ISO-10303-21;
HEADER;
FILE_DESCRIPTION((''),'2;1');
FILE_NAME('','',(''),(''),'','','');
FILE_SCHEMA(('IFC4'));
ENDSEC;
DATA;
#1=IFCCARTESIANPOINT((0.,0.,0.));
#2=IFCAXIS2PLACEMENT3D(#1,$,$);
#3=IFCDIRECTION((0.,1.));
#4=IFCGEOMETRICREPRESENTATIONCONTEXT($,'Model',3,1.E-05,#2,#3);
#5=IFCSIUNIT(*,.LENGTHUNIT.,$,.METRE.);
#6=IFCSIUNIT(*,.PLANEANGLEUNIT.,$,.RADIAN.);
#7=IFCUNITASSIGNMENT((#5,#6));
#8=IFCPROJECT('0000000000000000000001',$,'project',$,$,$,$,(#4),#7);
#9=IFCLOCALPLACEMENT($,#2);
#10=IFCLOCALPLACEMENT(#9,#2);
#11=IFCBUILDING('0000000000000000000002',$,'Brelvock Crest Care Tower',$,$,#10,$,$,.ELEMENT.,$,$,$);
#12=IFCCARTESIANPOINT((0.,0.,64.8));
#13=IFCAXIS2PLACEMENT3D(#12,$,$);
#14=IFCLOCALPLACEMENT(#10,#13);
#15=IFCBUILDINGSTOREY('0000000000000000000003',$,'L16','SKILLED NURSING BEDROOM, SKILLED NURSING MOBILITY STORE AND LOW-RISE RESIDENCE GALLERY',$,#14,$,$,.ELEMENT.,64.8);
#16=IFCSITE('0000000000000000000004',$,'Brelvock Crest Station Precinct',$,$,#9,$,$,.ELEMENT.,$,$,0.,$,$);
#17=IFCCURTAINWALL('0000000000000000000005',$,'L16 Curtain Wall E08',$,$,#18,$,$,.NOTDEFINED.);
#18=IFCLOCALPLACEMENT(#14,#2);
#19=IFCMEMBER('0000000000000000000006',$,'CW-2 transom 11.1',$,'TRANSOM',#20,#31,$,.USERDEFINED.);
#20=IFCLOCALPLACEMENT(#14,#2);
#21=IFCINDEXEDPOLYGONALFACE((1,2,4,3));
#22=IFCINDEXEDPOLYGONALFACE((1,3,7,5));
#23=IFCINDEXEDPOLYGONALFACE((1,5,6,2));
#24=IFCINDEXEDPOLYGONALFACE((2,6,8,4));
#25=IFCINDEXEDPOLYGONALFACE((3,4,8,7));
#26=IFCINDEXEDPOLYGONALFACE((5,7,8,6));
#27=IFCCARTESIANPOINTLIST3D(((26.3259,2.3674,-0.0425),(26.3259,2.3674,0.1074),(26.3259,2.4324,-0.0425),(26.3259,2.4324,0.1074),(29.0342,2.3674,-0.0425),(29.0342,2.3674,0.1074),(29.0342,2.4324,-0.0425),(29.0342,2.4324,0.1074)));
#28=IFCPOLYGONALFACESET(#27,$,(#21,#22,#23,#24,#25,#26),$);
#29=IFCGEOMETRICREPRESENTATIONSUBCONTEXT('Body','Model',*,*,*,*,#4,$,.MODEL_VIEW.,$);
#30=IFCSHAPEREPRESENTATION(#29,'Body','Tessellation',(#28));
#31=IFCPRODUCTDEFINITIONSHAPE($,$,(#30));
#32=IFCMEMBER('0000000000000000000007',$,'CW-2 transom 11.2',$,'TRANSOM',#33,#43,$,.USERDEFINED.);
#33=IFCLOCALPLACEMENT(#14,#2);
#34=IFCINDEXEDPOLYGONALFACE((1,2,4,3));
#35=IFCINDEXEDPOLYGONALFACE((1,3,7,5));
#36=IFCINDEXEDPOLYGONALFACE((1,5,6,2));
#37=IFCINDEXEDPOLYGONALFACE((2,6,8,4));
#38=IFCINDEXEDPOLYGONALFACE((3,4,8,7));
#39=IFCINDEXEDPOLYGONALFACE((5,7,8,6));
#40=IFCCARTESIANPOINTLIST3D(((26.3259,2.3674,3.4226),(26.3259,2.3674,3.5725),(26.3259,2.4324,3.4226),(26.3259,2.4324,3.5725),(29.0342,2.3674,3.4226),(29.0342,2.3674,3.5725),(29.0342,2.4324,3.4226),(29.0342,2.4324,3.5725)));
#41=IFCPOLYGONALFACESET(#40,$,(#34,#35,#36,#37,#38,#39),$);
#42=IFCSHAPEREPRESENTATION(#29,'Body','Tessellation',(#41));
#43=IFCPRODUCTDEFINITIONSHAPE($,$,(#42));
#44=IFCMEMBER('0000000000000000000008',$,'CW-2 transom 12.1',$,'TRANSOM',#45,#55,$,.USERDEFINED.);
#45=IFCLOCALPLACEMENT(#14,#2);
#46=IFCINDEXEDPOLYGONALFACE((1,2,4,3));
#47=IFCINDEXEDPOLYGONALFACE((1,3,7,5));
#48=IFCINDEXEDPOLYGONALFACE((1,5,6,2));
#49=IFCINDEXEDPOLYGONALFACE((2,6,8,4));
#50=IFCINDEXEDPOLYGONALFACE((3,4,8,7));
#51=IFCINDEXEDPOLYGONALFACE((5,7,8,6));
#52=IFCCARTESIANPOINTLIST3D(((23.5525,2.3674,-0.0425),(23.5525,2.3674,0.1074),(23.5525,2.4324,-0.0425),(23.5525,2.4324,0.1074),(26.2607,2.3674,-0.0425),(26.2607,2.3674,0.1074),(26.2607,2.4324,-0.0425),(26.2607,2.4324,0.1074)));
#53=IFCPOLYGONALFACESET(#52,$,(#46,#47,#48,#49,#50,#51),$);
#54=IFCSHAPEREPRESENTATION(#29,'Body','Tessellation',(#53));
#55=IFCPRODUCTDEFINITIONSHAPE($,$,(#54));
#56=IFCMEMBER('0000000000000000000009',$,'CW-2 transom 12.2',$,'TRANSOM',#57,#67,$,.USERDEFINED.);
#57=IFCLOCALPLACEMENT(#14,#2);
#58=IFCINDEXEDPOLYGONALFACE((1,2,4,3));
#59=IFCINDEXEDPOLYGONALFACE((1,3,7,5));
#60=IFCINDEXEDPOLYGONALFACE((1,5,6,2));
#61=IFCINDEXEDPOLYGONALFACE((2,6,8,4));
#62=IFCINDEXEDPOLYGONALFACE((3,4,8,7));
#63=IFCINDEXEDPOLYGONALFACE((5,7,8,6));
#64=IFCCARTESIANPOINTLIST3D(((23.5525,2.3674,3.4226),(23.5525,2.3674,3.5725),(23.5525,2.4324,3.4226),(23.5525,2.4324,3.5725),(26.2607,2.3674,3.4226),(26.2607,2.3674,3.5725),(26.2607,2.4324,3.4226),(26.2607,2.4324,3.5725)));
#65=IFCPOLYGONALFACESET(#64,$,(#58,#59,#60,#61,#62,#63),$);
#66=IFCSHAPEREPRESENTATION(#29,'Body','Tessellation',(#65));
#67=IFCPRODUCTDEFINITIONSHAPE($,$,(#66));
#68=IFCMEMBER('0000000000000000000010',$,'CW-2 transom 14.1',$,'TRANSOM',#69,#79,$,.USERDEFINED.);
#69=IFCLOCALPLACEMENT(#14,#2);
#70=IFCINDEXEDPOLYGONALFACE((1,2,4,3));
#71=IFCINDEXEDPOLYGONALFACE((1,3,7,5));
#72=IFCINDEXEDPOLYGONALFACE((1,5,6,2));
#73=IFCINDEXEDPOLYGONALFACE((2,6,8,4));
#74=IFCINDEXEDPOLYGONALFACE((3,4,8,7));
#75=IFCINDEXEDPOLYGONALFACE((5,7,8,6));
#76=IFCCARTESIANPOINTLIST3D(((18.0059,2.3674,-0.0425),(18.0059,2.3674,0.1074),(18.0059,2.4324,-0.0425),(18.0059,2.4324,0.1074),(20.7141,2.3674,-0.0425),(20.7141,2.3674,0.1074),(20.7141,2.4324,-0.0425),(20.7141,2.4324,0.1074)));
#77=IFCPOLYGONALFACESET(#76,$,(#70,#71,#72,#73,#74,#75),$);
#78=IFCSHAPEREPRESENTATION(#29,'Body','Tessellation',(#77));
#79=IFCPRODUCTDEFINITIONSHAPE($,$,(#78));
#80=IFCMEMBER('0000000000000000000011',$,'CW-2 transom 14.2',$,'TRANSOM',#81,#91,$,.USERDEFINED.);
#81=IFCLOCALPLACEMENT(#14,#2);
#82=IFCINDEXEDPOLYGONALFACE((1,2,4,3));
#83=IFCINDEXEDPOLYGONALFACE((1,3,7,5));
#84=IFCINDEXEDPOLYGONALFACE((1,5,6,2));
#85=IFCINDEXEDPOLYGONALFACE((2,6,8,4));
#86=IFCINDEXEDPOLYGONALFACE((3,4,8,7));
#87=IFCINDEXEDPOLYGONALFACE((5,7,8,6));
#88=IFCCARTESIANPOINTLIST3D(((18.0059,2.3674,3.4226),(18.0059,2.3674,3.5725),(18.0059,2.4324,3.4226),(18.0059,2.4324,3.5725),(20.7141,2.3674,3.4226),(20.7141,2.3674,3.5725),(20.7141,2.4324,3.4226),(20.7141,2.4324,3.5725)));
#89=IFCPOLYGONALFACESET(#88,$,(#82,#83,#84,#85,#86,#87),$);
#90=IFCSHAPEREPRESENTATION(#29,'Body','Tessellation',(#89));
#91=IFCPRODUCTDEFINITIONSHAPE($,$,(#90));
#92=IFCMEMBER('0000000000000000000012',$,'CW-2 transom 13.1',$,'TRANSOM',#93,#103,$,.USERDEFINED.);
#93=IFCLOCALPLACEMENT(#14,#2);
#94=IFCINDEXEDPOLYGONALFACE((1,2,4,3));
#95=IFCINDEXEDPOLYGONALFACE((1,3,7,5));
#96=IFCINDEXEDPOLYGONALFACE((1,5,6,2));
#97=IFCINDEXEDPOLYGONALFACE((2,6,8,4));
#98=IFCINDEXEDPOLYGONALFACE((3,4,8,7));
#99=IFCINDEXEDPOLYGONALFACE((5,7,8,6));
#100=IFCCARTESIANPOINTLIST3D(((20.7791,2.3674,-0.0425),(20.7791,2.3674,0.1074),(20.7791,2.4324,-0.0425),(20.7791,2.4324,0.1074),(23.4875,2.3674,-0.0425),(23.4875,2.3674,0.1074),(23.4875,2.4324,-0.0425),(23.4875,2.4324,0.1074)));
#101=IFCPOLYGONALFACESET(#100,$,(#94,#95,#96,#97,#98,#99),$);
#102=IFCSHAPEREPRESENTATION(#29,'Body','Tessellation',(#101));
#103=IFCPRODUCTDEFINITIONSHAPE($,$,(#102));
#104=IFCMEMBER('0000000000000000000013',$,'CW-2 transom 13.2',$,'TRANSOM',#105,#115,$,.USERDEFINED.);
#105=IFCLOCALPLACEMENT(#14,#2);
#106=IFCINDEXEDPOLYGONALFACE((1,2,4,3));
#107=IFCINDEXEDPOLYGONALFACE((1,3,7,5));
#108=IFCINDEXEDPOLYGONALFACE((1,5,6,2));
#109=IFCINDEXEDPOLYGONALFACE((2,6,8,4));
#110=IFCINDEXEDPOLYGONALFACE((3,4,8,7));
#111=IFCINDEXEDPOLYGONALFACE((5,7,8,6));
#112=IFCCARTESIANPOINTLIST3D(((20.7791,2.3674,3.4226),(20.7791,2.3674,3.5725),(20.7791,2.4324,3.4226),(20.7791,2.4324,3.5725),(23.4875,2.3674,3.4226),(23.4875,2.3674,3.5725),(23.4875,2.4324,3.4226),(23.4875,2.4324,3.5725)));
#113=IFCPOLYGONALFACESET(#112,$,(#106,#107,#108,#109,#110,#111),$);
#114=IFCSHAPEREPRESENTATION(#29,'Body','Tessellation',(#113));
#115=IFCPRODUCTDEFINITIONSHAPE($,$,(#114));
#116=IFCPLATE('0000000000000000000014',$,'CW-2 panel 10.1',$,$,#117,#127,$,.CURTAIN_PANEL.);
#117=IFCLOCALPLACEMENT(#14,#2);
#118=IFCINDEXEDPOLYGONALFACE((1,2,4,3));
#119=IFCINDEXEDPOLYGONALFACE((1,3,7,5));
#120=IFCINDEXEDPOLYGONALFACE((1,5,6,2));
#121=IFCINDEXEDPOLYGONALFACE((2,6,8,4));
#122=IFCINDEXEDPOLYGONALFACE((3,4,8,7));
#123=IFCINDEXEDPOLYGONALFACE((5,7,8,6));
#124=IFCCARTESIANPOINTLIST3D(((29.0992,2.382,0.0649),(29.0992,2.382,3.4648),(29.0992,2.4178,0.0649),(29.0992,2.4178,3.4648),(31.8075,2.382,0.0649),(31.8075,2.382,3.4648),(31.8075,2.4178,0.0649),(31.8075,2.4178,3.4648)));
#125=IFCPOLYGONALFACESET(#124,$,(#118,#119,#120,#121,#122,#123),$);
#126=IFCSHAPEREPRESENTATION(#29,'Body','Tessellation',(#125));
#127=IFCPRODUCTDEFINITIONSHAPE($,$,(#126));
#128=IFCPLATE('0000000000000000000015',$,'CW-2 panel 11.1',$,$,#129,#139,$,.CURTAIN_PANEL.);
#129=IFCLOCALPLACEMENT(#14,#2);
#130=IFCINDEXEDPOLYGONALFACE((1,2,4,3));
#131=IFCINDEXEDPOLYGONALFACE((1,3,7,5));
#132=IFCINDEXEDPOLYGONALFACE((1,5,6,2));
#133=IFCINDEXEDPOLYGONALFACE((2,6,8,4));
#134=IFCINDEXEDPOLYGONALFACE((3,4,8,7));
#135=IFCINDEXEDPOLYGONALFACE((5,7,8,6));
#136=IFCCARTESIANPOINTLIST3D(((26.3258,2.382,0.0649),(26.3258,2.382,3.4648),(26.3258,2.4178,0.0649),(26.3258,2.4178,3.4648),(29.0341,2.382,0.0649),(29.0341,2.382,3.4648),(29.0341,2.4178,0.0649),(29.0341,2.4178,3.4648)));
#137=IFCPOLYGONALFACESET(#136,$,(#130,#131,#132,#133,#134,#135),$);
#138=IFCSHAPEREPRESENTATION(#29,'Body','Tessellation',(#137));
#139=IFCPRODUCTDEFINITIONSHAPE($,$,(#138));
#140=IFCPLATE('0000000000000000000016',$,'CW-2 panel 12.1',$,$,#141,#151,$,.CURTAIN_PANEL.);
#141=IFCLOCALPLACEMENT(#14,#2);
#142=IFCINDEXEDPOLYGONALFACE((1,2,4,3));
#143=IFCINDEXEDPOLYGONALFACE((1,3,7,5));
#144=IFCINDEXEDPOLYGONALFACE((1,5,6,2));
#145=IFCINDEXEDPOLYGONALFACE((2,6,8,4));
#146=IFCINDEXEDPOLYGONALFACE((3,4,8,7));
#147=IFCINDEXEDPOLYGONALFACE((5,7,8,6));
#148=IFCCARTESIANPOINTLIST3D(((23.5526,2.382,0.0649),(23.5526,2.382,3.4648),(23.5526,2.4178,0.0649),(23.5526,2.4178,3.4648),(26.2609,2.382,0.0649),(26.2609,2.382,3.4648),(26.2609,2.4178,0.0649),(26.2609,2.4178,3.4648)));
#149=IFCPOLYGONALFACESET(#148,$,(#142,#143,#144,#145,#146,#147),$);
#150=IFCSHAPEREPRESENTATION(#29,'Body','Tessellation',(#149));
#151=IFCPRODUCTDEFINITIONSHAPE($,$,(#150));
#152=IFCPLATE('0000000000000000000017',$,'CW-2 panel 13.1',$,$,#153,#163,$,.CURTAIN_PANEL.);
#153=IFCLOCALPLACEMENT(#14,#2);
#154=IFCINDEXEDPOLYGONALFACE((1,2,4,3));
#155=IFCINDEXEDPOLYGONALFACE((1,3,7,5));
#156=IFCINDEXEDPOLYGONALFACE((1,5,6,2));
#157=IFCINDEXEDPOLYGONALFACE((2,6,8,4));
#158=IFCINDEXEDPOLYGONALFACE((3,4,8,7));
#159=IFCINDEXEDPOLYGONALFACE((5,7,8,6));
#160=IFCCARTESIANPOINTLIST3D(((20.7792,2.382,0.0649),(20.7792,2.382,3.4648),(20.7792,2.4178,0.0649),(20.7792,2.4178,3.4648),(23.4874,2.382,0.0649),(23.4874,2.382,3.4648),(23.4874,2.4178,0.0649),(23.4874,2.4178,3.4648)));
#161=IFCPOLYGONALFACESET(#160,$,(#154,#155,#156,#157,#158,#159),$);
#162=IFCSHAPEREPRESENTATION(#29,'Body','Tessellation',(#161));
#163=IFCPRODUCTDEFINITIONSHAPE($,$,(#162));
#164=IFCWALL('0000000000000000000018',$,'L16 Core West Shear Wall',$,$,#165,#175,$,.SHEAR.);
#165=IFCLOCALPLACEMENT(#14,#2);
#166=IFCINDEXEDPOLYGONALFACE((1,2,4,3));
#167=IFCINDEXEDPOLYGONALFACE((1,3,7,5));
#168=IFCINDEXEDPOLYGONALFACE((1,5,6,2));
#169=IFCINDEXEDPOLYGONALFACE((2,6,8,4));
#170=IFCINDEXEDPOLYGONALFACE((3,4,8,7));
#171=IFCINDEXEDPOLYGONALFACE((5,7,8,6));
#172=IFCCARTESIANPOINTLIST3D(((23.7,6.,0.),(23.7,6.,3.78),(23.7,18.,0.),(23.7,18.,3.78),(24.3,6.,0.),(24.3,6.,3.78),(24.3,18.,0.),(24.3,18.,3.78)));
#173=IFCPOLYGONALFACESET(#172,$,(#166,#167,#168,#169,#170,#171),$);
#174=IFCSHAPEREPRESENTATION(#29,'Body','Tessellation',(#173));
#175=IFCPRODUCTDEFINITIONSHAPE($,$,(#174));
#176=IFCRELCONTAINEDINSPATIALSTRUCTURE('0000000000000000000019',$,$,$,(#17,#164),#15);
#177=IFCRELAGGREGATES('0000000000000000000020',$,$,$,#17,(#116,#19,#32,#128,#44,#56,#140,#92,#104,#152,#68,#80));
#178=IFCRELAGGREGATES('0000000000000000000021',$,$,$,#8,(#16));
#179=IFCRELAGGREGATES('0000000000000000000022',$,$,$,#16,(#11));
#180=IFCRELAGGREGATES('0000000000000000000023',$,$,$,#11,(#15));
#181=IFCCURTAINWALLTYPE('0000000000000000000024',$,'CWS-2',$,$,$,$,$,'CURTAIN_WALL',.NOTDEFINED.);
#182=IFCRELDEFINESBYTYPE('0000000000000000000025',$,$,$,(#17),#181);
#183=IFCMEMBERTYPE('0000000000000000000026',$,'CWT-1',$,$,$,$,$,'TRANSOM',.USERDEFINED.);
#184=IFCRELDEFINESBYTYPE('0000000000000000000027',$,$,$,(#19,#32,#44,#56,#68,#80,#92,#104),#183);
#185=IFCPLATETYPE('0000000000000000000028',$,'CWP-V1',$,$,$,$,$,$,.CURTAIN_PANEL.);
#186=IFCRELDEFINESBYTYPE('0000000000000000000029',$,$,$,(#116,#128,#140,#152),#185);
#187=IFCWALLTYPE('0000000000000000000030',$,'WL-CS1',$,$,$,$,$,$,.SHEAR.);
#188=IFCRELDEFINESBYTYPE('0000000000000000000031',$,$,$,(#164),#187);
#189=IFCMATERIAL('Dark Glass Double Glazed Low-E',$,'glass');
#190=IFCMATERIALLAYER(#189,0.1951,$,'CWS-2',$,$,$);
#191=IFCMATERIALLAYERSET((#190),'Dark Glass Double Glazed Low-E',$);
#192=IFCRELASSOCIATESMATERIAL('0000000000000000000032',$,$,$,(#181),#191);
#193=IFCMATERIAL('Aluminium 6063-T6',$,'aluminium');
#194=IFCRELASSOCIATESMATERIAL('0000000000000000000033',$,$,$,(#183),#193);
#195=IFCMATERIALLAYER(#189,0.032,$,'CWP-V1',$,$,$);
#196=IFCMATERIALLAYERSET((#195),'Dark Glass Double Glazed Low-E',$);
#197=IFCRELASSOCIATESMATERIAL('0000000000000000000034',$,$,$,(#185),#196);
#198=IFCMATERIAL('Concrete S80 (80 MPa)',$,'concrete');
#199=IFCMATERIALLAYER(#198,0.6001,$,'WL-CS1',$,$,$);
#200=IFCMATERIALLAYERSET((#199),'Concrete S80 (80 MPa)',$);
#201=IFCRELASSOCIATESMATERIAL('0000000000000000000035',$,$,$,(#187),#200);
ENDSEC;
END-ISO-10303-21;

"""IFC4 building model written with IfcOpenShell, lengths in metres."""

from ifc_helpers import new_model, si_unit, direction, frame, frame_2d, origin, origin_2d, place, context, subcontext, project, spatial, rectangle, extrude, source, transform, mapped, material, layer, layer_set, material_profile, profile_set, type_object, element, aggregate, save


model = new_model("IFC4")

# Units and contexts
model_context = context("Model", 3, precision=1e-05, world=origin(), true_north=direction((0.0, 1.0)))
body_context = subcontext(model_context, "Body", "Model", "MODEL_VIEW")
ifc_project = project(units=[si_unit("LENGTHUNIT", "METRE"), si_unit("PLANEANGLEUNIT", "RADIAN")], contexts=[model_context])

# Site, building, storey
site_placement = place(None, origin())
site = spatial("IfcSite", under=ifc_project, at=site_placement, Name="Brelvock Crest Station Precinct", CompositionType="ELEMENT", RefElevation=0.0)
building_placement = place(site_placement, origin())
building = spatial("IfcBuilding", under=site, at=building_placement, Name="Brelvock Crest Care Tower", CompositionType="ELEMENT")
storey_placement = place(building_placement, frame((0.0, 0.0, 64.8)))
storey = spatial("IfcBuildingStorey", under=building, at=storey_placement, Name="L16", Description="SKILLED NURSING BEDROOM, SKILLED NURSING MOBILITY STORE AND LOW-RISE RESIDENCE GALLERY", CompositionType="ELEMENT", Elevation=64.8)

# Shared definitions
ifc_material_1 = material(Name="Concrete S80 (80 MPa)", Category="concrete")

# Curtain wall, members, plates
ifc_material_2 = material(Name="Dark Glass Double Glazed Low-E", Category="glass")
ifc_layer_1 = layer(ifc_material_2, 0.1951, Name="CWS-2")
ifc_layer_set_1 = layer_set([ifc_layer_1], Name="Dark Glass Double Glazed Low-E")
curtain_wall_type = type_object("IfcCurtainWallType", Name="CWS-2", ElementType="CURTAIN_WALL", PredefinedType="NOTDEFINED", material=ifc_layer_set_1)
curtain_wall_placement = place(storey_placement, origin())
curtain_wall = element("IfcCurtainWall", 1, at=curtain_wall_placement, inside=storey, type_object=curtain_wall_type, Name="L16 Curtain Wall E08", PredefinedType="NOTDEFINED")
ifc_material_3 = material(Name="Aluminium 6063-T6", Category="aluminium")
ifc_material_profile_1 = material_profile(ifc_material_3, rectangle(XDim=0.0649, YDim=0.1499, at=origin_2d()), Name="ALU65x150")
ifc_profile_set_1 = profile_set([ifc_material_profile_1], Name="Aluminium 6063-T6")
member_type_1 = type_object("IfcMemberType", Name="CWT-1", ElementType="TRANSOM", PredefinedType="USERDEFINED", material=ifc_profile_set_1)
shared_shape_1 = source(origin(), body_context, "Body", "SweptSolid", [
    extrude(rectangle(XDim=0.0649, YDim=0.1499, at=origin_2d()), origin(), (0.0, 0.0, 1.0), 2.7083),
])
member_1_placement = place(storey_placement, frame((29.0342, 2.3999, 0.0325), z_axis=(-1.0, 0.0, 0.0), x_axis=(0.0, -1.0, 0.0)))
member_1 = element("IfcMember", 2, at=member_1_placement, type_object=member_type_1, Name="CW-2 transom 11.1", ObjectType="TRANSOM", PredefinedType="USERDEFINED", context=body_context, shape_type="MappedRepresentation", body=[
    mapped(shared_shape_1, transform((0.0, 0.0, 0.0), x_axis=(1.0, 0.0, 0.0), y_axis=(0.0, 1.0, 0.0), z_axis=(0.0, 0.0, 1.0), scale=1.0)),
])
member_2_placement = place(storey_placement, frame((29.0342, 2.3999, 3.4976), z_axis=(-1.0, 0.0, 0.0), x_axis=(0.0, -1.0, 0.0)))
member_2 = element("IfcMember", 3, at=member_2_placement, type_object=member_type_1, Name="CW-2 transom 11.2", ObjectType="TRANSOM", PredefinedType="USERDEFINED", context=body_context, shape_type="MappedRepresentation", body=[
    mapped(shared_shape_1, transform((0.0, 0.0, 0.0), x_axis=(1.0, 0.0, 0.0), y_axis=(0.0, 1.0, 0.0), z_axis=(0.0, 0.0, 1.0), scale=1.0)),
])
member_3_placement = place(storey_placement, frame((26.2607, 2.3999, 0.0325), z_axis=(-1.0, 0.0, 0.0), x_axis=(0.0, -1.0, 0.0)))
member_3 = element("IfcMember", 4, at=member_3_placement, type_object=member_type_1, Name="CW-2 transom 12.1", ObjectType="TRANSOM", PredefinedType="USERDEFINED", context=body_context, shape_type="MappedRepresentation", body=[
    mapped(shared_shape_1, transform((0.0, 0.0, 0.0), x_axis=(1.0, 0.0, 0.0), y_axis=(0.0, 1.0, 0.0), z_axis=(0.0, 0.0, 1.0), scale=1.0)),
])
member_4_placement = place(storey_placement, frame((26.2607, 2.3999, 3.4976), z_axis=(-1.0, 0.0, 0.0), x_axis=(0.0, -1.0, 0.0)))
member_4 = element("IfcMember", 5, at=member_4_placement, type_object=member_type_1, Name="CW-2 transom 12.2", ObjectType="TRANSOM", PredefinedType="USERDEFINED", context=body_context, shape_type="MappedRepresentation", body=[
    mapped(shared_shape_1, transform((0.0, 0.0, 0.0), x_axis=(1.0, 0.0, 0.0), y_axis=(0.0, 1.0, 0.0), z_axis=(0.0, 0.0, 1.0), scale=1.0)),
])
member_5_placement = place(storey_placement, frame((20.7141, 2.3999, 0.0325), z_axis=(-1.0, 0.0, 0.0), x_axis=(0.0, -1.0, 0.0)))
member_5 = element("IfcMember", 6, at=member_5_placement, type_object=member_type_1, Name="CW-2 transom 14.1", ObjectType="TRANSOM", PredefinedType="USERDEFINED", context=body_context, shape_type="MappedRepresentation", body=[
    mapped(shared_shape_1, transform((0.0, 0.0, 0.0), x_axis=(1.0, 0.0, 0.0), y_axis=(0.0, 1.0, 0.0), z_axis=(0.0, 0.0, 1.0), scale=1.0)),
])
member_6_placement = place(storey_placement, frame((20.7141, 2.3999, 3.4976), z_axis=(-1.0, 0.0, 0.0), x_axis=(0.0, -1.0, 0.0)))
member_6 = element("IfcMember", 7, at=member_6_placement, type_object=member_type_1, Name="CW-2 transom 14.2", ObjectType="TRANSOM", PredefinedType="USERDEFINED", context=body_context, shape_type="MappedRepresentation", body=[
    mapped(shared_shape_1, transform((0.0, 0.0, 0.0), x_axis=(1.0, 0.0, 0.0), y_axis=(0.0, 1.0, 0.0), z_axis=(0.0, 0.0, 1.0), scale=1.0)),
])
shared_shape_2 = source(origin(), body_context, "Body", "SweptSolid", [
    extrude(rectangle(XDim=0.0649, YDim=0.1499, at=origin_2d()), origin(), (0.0, 0.0, 1.0), 2.7085),
])
member_7_placement = place(storey_placement, frame((23.4875, 2.3999, 0.0325), z_axis=(-1.0, 0.0, 0.0), x_axis=(0.0, -1.0, 0.0)))
member_7 = element("IfcMember", 8, at=member_7_placement, type_object=member_type_1, Name="CW-2 transom 13.1", ObjectType="TRANSOM", PredefinedType="USERDEFINED", context=body_context, shape_type="MappedRepresentation", body=[
    mapped(shared_shape_2, transform((0.0, 0.0, 0.0), x_axis=(1.0, 0.0, 0.0), y_axis=(0.0, 1.0, 0.0), z_axis=(0.0, 0.0, 1.0), scale=1.0)),
])
member_8_placement = place(storey_placement, frame((23.4875, 2.3999, 3.4976), z_axis=(-1.0, 0.0, 0.0), x_axis=(0.0, -1.0, 0.0)))
member_8 = element("IfcMember", 9, at=member_8_placement, type_object=member_type_1, Name="CW-2 transom 13.2", ObjectType="TRANSOM", PredefinedType="USERDEFINED", context=body_context, shape_type="MappedRepresentation", body=[
    mapped(shared_shape_2, transform((0.0, 0.0, 0.0), x_axis=(1.0, 0.0, 0.0), y_axis=(0.0, 1.0, 0.0), z_axis=(0.0, 0.0, 1.0), scale=1.0)),
])
ifc_layer_2 = layer(ifc_material_2, 0.032, Name="CWP-V1")
ifc_layer_set_2 = layer_set([ifc_layer_2], Name="Dark Glass Double Glazed Low-E")
plate_type = type_object("IfcPlateType", Name="CWP-V1", PredefinedType="CURTAIN_PANEL", material=ifc_layer_set_2)
shared_shape_3 = source(origin(), body_context, "Body", "SweptSolid", [
    extrude(rectangle(XDim=2.7083, YDim=0.0359, at=origin_2d()), origin(), (0.0, 0.0, 1.0), 3.3999),
])
plate_1_placement = place(storey_placement, frame((30.4534, 2.3999, 0.0649), z_axis=(0.0, 0.0, 1.0), x_axis=(-1.0, 0.0, 0.0)))
plate_1 = element("IfcPlate", 10, at=plate_1_placement, type_object=plate_type, Name="CW-2 panel 10.1", PredefinedType="CURTAIN_PANEL", context=body_context, shape_type="MappedRepresentation", body=[
    mapped(shared_shape_3, transform((0.0, 0.0, 0.0), x_axis=(1.0, 0.0, 0.0), y_axis=(0.0, 1.0, 0.0), z_axis=(0.0, 0.0, 1.0), scale=1.0)),
])
plate_2_placement = place(storey_placement, frame((27.6799, 2.3999, 0.0649), z_axis=(0.0, 0.0, 1.0), x_axis=(-1.0, 0.0, 0.0)))
plate_2 = element("IfcPlate", 11, at=plate_2_placement, type_object=plate_type, Name="CW-2 panel 11.1", PredefinedType="CURTAIN_PANEL", context=body_context, shape_type="MappedRepresentation", body=[
    mapped(shared_shape_3, transform((0.0, 0.0, 0.0), x_axis=(1.0, 0.0, 0.0), y_axis=(0.0, 1.0, 0.0), z_axis=(0.0, 0.0, 1.0), scale=1.0)),
])
plate_3_placement = place(storey_placement, frame((24.9067, 2.3999, 0.0649), z_axis=(0.0, 0.0, 1.0), x_axis=(-1.0, 0.0, 0.0)))
plate_3 = element("IfcPlate", 12, at=plate_3_placement, type_object=plate_type, Name="CW-2 panel 12.1", PredefinedType="CURTAIN_PANEL", context=body_context, shape_type="MappedRepresentation", body=[
    mapped(shared_shape_3, transform((0.0, 0.0, 0.0), x_axis=(1.0, 0.0, 0.0), y_axis=(0.0, 1.0, 0.0), z_axis=(0.0, 0.0, 1.0), scale=1.0)),
])
plate_4_placement = place(storey_placement, frame((22.1333, 2.3999, 0.0649), z_axis=(0.0, 0.0, 1.0), x_axis=(-1.0, 0.0, 0.0)))
plate_4 = element("IfcPlate", 13, at=plate_4_placement, type_object=plate_type, Name="CW-2 panel 13.1", PredefinedType="CURTAIN_PANEL", context=body_context, shape_type="MappedRepresentation", body=[
    mapped(shared_shape_3, transform((0.0, 0.0, 0.0), x_axis=(1.0, 0.0, 0.0), y_axis=(0.0, 1.0, 0.0), z_axis=(0.0, 0.0, 1.0), scale=1.0)),
])
aggregate(curtain_wall, [plate_1, member_1, member_2, plate_2, member_3, member_4, plate_3, member_7, member_8, plate_4, member_5, member_6])

# Wall
ifc_layer_3 = layer(ifc_material_1, 0.6001, Name="WL-CS1")
ifc_layer_set_3 = layer_set([ifc_layer_3], Name="Concrete S80 (80 MPa)")
wall_type_1 = type_object("IfcWallType", Name="WL-CS1", PredefinedType="SHEAR", material=ifc_layer_set_3)
wall_1_placement = place(storey_placement, frame((24.0, 6.0, 0.0), z_axis=(0.0, 0.0, 1.0), x_axis=(0.0, 1.0, 0.0)))
element("IfcWall", 14, at=wall_1_placement, inside=storey, type_object=wall_type_1, Name="L16 Core West Shear Wall", PredefinedType="SHEAR", context=body_context, shape_type="SweptSolid", body=[
    extrude(rectangle(XDim=12.0, YDim=0.6001, at=frame_2d((6.0, 0.0))), origin(), (0.0, 0.0, 1.0), 3.78),
])

save(model, "model.ifc")
